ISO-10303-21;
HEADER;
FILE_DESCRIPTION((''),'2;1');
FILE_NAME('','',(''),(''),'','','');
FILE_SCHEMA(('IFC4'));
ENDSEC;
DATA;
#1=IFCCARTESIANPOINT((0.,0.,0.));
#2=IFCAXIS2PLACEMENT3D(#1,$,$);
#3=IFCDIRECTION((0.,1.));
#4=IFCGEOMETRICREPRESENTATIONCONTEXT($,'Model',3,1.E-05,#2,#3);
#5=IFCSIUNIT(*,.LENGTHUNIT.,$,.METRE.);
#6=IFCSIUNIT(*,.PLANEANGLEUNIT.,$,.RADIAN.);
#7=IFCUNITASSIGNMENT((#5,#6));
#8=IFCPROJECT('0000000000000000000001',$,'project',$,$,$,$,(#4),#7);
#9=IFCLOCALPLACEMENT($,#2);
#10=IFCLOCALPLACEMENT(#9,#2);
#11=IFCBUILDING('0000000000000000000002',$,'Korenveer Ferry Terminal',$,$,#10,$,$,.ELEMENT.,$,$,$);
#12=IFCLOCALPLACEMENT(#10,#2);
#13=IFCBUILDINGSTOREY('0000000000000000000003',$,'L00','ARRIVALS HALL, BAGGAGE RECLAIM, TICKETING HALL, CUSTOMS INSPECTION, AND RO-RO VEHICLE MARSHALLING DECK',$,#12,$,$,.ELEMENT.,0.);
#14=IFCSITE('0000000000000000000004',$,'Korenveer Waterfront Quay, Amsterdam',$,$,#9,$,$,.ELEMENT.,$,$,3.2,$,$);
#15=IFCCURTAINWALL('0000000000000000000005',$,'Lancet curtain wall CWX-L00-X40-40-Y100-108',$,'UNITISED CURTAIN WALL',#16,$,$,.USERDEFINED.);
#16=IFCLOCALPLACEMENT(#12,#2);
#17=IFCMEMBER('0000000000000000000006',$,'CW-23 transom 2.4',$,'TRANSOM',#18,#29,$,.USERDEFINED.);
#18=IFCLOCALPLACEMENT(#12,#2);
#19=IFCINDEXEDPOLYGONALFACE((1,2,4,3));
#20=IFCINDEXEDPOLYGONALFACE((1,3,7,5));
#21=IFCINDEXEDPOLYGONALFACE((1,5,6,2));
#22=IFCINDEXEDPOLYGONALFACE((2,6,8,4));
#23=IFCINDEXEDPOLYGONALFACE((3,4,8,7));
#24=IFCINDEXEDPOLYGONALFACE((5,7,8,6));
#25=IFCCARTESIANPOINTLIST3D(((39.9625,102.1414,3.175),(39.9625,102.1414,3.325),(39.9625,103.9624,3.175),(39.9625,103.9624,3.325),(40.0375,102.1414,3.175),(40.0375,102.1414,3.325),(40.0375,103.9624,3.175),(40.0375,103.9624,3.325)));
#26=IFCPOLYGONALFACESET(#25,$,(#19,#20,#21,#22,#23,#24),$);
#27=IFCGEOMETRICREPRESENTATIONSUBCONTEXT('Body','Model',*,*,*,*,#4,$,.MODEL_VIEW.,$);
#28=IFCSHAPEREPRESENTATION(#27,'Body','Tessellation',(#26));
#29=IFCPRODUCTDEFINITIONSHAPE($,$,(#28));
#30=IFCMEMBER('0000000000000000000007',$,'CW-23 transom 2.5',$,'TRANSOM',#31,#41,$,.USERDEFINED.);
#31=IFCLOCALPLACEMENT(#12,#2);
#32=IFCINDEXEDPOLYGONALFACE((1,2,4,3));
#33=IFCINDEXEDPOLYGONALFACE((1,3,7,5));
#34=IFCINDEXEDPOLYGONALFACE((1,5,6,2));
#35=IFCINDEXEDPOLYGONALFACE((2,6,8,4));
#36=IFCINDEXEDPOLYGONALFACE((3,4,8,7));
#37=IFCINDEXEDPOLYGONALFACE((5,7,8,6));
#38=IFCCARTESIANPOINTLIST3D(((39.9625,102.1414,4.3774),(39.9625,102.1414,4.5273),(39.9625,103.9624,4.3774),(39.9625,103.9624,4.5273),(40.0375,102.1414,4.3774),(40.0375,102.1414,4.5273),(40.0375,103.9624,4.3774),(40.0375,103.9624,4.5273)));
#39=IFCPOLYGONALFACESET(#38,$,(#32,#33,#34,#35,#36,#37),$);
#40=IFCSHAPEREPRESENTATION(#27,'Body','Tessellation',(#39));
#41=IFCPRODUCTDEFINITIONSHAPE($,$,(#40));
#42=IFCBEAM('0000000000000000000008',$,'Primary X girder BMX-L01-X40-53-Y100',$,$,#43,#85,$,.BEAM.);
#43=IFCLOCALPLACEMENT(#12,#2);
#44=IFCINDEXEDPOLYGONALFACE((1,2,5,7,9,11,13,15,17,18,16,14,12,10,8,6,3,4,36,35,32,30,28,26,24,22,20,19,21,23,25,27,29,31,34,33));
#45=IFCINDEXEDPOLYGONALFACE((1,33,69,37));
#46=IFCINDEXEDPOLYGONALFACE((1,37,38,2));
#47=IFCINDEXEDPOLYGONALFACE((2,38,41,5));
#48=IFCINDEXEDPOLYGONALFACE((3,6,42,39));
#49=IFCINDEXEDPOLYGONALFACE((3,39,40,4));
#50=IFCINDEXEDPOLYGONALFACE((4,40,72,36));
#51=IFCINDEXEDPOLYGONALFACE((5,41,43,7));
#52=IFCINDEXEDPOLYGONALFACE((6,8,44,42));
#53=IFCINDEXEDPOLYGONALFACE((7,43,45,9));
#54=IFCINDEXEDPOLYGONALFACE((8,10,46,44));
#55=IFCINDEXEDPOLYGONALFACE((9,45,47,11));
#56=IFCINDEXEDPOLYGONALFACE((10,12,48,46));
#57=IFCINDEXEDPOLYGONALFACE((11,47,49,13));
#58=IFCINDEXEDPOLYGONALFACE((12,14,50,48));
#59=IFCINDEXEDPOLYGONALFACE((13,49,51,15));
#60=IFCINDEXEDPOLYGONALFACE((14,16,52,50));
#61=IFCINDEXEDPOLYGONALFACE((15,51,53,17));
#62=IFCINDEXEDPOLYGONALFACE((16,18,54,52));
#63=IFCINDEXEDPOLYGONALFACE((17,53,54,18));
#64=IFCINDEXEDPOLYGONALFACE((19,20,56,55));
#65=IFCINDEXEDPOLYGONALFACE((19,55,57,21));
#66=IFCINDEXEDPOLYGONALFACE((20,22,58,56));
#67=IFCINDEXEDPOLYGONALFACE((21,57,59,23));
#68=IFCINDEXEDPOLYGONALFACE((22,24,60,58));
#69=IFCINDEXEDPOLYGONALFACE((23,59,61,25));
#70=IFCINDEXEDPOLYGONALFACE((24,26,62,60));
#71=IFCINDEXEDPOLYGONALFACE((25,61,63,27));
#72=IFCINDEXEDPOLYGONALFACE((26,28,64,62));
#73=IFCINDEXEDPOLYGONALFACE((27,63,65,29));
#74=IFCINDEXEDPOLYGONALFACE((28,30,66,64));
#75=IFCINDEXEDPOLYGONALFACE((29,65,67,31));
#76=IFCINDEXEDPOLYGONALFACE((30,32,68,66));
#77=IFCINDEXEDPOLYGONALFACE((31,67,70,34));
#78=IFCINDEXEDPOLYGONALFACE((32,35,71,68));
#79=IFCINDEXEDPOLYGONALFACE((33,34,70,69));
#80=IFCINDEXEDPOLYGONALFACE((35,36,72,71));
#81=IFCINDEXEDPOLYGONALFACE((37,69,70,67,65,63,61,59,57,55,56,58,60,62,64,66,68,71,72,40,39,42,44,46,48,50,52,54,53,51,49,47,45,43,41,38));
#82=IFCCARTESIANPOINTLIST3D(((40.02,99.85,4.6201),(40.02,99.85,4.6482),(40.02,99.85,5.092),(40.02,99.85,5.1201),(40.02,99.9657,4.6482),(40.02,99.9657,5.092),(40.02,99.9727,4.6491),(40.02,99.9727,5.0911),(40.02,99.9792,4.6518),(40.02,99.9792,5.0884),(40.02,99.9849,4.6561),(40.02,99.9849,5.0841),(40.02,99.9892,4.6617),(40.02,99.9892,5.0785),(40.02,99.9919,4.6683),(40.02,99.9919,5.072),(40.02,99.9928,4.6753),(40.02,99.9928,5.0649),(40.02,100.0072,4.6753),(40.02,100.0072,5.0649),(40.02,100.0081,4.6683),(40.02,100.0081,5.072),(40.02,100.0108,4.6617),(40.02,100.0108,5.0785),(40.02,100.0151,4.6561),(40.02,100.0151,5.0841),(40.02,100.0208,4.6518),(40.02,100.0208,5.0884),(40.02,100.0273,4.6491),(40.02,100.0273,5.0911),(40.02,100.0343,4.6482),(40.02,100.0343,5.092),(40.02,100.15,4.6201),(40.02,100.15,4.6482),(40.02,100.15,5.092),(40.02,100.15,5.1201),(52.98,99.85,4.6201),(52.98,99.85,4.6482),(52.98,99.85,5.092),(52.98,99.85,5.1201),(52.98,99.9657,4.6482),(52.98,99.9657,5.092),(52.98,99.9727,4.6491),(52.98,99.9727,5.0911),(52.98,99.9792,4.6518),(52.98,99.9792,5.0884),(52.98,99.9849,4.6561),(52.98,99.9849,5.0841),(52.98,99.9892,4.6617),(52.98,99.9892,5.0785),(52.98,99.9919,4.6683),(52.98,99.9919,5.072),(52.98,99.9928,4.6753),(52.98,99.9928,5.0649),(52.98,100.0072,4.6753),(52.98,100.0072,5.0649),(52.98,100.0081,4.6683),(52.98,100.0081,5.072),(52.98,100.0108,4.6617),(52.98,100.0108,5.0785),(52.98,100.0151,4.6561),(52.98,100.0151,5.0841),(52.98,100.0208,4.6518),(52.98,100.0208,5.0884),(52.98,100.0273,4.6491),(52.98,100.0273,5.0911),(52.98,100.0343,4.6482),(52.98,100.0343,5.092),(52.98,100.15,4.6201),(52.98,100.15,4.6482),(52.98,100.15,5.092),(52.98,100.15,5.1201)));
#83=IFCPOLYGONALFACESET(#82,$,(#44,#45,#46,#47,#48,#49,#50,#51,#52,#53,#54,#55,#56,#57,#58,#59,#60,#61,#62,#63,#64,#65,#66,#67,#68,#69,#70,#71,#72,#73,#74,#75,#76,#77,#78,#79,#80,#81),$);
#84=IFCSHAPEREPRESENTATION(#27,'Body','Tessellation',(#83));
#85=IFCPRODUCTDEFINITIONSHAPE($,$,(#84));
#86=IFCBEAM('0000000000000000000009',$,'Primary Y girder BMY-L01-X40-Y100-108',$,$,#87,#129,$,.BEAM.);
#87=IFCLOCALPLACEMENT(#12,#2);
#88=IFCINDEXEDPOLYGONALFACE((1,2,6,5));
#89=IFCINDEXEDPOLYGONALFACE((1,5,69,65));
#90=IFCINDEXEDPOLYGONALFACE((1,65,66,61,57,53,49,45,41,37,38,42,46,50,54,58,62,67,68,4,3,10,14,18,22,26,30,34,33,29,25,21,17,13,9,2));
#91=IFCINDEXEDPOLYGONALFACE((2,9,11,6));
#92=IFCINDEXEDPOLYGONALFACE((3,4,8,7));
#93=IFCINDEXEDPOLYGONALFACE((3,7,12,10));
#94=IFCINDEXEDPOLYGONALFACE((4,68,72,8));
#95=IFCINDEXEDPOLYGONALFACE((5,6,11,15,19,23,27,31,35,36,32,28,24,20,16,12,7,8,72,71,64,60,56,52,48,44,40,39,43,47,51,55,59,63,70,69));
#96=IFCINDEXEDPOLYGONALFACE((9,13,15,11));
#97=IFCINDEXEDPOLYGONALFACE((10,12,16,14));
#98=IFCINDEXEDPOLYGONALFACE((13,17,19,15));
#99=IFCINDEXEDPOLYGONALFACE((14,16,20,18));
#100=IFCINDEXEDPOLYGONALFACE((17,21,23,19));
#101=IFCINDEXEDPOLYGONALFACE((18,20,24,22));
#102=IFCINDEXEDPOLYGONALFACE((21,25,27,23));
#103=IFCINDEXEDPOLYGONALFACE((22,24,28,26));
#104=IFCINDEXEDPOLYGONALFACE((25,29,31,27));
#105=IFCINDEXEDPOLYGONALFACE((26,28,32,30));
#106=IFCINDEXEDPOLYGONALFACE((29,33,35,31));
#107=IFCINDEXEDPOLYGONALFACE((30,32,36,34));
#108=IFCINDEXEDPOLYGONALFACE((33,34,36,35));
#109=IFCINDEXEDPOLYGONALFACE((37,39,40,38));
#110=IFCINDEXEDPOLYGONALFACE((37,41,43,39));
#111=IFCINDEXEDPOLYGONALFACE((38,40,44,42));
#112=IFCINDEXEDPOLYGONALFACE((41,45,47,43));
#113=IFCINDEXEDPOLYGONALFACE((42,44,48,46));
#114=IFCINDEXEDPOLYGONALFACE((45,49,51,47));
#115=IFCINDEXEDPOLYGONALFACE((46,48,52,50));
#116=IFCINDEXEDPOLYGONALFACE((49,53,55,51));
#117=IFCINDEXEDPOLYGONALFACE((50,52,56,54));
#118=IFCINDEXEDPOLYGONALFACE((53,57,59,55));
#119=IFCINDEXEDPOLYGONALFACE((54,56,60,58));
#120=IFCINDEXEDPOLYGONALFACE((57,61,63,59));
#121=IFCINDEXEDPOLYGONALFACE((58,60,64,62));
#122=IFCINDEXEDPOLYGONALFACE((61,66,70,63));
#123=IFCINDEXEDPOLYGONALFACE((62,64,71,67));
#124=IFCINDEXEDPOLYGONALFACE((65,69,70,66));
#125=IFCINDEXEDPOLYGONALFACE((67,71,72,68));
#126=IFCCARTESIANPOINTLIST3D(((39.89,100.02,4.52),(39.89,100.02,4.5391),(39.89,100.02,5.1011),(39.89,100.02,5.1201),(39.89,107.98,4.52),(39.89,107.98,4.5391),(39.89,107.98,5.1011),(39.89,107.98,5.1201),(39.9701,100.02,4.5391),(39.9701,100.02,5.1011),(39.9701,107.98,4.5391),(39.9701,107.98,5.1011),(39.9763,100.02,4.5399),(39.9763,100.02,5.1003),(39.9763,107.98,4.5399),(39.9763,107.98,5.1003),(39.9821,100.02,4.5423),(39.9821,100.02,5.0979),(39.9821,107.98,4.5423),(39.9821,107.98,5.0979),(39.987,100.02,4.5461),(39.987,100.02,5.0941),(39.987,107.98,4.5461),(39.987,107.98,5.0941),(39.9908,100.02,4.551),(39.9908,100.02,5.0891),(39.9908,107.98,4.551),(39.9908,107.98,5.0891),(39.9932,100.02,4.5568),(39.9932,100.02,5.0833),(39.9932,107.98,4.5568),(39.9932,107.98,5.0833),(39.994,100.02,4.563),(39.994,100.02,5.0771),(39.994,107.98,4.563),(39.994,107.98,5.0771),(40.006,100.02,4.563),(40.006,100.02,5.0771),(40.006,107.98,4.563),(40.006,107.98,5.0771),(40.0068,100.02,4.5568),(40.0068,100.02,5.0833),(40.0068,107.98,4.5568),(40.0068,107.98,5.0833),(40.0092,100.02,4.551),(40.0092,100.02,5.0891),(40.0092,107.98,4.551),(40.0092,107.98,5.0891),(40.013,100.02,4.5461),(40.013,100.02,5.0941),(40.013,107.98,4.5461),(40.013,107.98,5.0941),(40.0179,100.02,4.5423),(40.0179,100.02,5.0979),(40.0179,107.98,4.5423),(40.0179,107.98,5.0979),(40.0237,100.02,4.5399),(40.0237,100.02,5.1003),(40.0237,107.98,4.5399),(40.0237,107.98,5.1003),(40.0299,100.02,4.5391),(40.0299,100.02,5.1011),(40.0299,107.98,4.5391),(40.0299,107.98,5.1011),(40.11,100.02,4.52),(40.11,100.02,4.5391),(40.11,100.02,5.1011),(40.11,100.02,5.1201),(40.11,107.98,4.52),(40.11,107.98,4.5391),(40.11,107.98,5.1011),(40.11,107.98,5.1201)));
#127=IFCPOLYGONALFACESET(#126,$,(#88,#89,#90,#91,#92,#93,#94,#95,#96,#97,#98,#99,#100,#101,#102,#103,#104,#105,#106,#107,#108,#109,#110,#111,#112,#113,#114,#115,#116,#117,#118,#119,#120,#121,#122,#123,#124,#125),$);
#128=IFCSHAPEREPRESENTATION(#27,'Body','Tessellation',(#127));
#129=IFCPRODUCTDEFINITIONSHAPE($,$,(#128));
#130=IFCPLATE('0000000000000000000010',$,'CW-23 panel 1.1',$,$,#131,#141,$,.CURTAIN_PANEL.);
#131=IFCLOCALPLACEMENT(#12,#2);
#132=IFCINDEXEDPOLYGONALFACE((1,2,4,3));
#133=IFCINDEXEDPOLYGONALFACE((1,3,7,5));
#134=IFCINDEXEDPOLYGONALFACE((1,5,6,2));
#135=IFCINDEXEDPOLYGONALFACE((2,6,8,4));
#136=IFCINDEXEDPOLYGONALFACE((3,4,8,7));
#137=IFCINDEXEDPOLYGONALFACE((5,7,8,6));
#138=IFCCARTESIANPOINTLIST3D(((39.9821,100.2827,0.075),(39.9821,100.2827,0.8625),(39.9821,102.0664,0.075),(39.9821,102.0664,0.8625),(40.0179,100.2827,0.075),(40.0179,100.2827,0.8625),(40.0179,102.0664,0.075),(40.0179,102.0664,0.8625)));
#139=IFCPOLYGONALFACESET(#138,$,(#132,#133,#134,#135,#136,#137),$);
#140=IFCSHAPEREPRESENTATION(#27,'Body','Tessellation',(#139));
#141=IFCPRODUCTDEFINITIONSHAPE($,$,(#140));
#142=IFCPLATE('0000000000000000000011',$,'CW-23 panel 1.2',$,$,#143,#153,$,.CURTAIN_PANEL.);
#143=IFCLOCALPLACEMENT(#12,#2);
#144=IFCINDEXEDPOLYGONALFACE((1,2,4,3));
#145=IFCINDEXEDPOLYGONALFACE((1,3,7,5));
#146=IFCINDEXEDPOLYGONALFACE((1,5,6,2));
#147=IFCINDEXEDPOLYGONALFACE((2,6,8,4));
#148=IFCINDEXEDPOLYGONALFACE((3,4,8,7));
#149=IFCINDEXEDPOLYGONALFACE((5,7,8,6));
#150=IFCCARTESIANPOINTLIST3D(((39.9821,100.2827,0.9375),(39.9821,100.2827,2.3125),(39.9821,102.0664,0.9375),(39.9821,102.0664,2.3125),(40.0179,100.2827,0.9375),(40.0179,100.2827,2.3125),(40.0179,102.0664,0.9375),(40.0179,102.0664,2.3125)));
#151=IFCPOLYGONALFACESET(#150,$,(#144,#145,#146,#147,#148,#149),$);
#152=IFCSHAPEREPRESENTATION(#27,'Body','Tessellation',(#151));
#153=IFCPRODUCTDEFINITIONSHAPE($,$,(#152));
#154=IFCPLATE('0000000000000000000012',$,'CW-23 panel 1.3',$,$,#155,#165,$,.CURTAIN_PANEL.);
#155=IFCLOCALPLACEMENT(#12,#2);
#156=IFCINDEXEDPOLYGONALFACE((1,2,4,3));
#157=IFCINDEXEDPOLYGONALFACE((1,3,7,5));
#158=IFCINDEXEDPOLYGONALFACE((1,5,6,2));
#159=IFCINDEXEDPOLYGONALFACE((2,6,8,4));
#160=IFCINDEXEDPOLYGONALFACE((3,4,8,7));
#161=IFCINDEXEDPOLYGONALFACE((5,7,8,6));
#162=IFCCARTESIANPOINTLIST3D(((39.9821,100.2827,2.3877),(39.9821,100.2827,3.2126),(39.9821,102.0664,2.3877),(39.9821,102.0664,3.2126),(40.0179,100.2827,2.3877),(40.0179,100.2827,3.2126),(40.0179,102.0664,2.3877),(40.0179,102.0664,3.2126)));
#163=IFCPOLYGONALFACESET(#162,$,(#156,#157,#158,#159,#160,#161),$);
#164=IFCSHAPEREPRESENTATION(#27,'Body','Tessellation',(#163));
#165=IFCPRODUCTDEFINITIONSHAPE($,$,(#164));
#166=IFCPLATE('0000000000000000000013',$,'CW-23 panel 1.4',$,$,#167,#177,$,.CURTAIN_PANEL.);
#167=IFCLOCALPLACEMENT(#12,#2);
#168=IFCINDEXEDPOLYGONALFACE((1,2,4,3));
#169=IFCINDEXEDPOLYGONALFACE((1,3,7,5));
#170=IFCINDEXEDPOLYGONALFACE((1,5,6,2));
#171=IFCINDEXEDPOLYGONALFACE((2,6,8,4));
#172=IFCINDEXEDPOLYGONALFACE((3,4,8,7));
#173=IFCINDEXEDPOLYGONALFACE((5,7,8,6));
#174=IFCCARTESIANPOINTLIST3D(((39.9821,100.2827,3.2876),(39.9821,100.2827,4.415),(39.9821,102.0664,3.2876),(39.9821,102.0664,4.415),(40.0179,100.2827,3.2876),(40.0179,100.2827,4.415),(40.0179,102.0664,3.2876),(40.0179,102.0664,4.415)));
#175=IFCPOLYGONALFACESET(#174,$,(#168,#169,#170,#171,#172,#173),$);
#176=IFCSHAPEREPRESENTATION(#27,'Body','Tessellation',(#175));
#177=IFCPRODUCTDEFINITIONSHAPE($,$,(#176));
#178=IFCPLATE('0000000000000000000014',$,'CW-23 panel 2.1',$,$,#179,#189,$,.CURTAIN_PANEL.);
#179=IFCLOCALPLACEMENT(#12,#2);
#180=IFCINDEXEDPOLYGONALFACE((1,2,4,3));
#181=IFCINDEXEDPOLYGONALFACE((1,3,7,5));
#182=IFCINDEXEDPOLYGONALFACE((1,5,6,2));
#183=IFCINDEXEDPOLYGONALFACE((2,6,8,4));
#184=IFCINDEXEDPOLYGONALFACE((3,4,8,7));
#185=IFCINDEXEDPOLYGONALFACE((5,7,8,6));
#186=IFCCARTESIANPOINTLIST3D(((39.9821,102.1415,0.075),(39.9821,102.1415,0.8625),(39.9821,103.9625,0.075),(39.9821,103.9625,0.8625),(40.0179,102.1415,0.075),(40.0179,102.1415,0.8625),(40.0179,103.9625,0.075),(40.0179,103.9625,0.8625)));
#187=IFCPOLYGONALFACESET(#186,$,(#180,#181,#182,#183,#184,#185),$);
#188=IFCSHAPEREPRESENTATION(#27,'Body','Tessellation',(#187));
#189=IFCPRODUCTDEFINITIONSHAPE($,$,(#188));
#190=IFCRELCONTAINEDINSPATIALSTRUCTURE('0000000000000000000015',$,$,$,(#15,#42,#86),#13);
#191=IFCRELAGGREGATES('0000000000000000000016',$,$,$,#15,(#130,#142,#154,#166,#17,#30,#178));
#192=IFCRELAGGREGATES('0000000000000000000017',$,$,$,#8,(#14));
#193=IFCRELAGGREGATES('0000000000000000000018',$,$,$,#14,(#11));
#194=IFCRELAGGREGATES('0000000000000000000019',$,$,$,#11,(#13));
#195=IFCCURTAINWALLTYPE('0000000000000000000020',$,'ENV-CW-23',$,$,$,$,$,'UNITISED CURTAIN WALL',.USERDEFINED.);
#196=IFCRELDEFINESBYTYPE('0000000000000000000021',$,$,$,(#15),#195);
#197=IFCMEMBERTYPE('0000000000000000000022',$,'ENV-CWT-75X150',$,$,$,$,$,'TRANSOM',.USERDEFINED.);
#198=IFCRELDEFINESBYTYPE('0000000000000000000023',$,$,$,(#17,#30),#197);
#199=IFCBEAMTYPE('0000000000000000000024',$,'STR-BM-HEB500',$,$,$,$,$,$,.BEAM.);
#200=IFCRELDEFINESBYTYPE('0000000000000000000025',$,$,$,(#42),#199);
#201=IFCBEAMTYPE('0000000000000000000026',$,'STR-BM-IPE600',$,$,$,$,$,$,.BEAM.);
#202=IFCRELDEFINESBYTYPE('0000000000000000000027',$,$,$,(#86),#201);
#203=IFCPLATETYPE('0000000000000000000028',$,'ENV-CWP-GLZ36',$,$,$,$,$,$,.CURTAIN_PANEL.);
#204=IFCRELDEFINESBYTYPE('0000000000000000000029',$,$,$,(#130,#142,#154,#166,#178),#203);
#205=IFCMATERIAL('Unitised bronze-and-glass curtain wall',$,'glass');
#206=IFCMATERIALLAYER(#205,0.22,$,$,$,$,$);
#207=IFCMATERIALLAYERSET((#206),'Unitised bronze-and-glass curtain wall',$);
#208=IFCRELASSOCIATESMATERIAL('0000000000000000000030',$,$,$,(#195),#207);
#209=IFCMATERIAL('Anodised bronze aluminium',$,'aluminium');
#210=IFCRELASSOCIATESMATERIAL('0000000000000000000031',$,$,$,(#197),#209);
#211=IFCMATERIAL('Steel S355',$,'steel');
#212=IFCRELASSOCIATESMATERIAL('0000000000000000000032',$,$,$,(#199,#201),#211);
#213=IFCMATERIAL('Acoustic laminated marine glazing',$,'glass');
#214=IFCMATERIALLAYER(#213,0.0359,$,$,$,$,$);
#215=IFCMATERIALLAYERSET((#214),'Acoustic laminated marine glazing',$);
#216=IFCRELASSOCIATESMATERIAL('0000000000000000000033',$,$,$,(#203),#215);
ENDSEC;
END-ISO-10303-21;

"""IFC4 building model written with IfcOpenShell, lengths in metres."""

from ifc_helpers import new_model, si_unit, direction, frame, origin, origin_2d, place, context, subcontext, project, spatial, rectangle, i_section, extrude, material, layer, layer_set, material_profile, profile_set, type_object, element, aggregate, save


model = new_model("IFC4")

# Units and contexts
model_context = context("Model", 3, precision=1e-05, world=origin(), true_north=direction((0.0, 1.0)))
body_context = subcontext(model_context, "Body", "Model", "MODEL_VIEW")
ifc_project = project(units=[si_unit("LENGTHUNIT", "METRE"), si_unit("PLANEANGLEUNIT", "RADIAN")], contexts=[model_context])

# Site, building, storey
site_placement = place(None, origin())
site = spatial("IfcSite", under=ifc_project, at=site_placement, Name="Korenveer Waterfront Quay, Amsterdam", CompositionType="ELEMENT", RefElevation=3.2)
building_placement = place(site_placement, origin())
building = spatial("IfcBuilding", under=site, at=building_placement, Name="Korenveer Ferry Terminal", CompositionType="ELEMENT")
storey_placement = place(building_placement, origin())
storey = spatial("IfcBuildingStorey", under=building, at=storey_placement, Name="L00", Description="ARRIVALS HALL, BAGGAGE RECLAIM, TICKETING HALL, CUSTOMS INSPECTION, AND RO-RO VEHICLE MARSHALLING DECK", CompositionType="ELEMENT", Elevation=0.0)

# Shared definitions
ifc_material_1 = material(Name="Steel S355", Category="steel")

# Curtain wall, members
ifc_material_2 = material(Name="Unitised bronze-and-glass curtain wall", Category="glass")
ifc_layer_1 = layer(ifc_material_2, 0.22)
ifc_layer_set_1 = layer_set([ifc_layer_1], Name="Unitised bronze-and-glass curtain wall")
curtain_wall_type = type_object("IfcCurtainWallType", Name="ENV-CW-23", ElementType="UNITISED CURTAIN WALL", PredefinedType="USERDEFINED", material=ifc_layer_set_1)
curtain_wall_placement = place(storey_placement, frame((40.0, 100.2078, 0.0)))
curtain_wall = element("IfcCurtainWall", 1, at=curtain_wall_placement, inside=storey, type_object=curtain_wall_type, Name="Lancet curtain wall CWX-L00-X40-40-Y100-108", ObjectType="UNITISED CURTAIN WALL", PredefinedType="USERDEFINED")
ifc_material_3 = material(Name="Anodised bronze aluminium", Category="aluminium")
ifc_material_profile_1 = material_profile(ifc_material_3, rectangle(XDim=0.075, YDim=0.1499, at=origin_2d()), Name="ALU 75x150")
ifc_profile_set_1 = profile_set([ifc_material_profile_1], Name="Anodised bronze aluminium")
member_type_1 = type_object("IfcMemberType", Name="ENV-CWT-75X150", ElementType="TRANSOM", PredefinedType="USERDEFINED", material=ifc_profile_set_1)
member_1_placement = place(storey_placement, frame((40.0, 102.1414, 3.25), z_axis=(0.0, 1.0, 0.0), x_axis=(-1.0, 0.0, 0.0)))
member_1 = element("IfcMember", 2, at=member_1_placement, type_object=member_type_1, Name="CW-23 transom 2.4", ObjectType="TRANSOM", PredefinedType="USERDEFINED", context=body_context, shape_type="SweptSolid", body=[
    extrude(rectangle(XDim=0.075, YDim=0.1499, at=origin_2d()), origin(), (0.0, 0.0, 1.0), 1.821),
])
member_2_placement = place(storey_placement, frame((40.0, 102.1414, 4.4524), z_axis=(0.0, 1.0, 0.0), x_axis=(-1.0, 0.0, 0.0)))
member_2 = element("IfcMember", 3, at=member_2_placement, type_object=member_type_1, Name="CW-23 transom 2.5", ObjectType="TRANSOM", PredefinedType="USERDEFINED", context=body_context, shape_type="SweptSolid", body=[
    extrude(rectangle(XDim=0.075, YDim=0.1499, at=origin_2d()), origin(), (0.0, 0.0, 1.0), 1.821),
])

# Beams
ifc_material_profile_2 = material_profile(ifc_material_1, i_section(OverallWidth=0.3, OverallDepth=0.5, WebThickness=0.0144, FlangeThickness=0.0281, FilletRadius=0.0271, at=origin_2d()), Name="HEB 500")
ifc_profile_set_2 = profile_set([ifc_material_profile_2], Name="Steel S355")
beam_type_1 = type_object("IfcBeamType", Name="STR-BM-HEB500", PredefinedType="BEAM", material=ifc_profile_set_2)
beam_1_placement = place(storey_placement, frame((40.02, 100.0, 4.8701), z_axis=(1.0, 0.0, 0.0), x_axis=(0.0, 1.0, 0.0)))
element("IfcBeam", 4, at=beam_1_placement, inside=storey, type_object=beam_type_1, Name="Primary X girder BMX-L01-X40-53-Y100", PredefinedType="BEAM", context=body_context, shape_type="SweptSolid", body=[
    extrude(i_section(OverallWidth=0.3, OverallDepth=0.5, WebThickness=0.0144, FlangeThickness=0.0281, FilletRadius=0.0271, at=origin_2d()), origin(), (0.0, 0.0, 1.0), 12.96),
])
ifc_material_profile_3 = material_profile(ifc_material_1, i_section(OverallWidth=0.22, OverallDepth=0.6001, WebThickness=0.012, FlangeThickness=0.019, FilletRadius=0.0239, at=origin_2d()), Name="IPE 600")
ifc_profile_set_3 = profile_set([ifc_material_profile_3], Name="Steel S355")
beam_type_2 = type_object("IfcBeamType", Name="STR-BM-IPE600", PredefinedType="BEAM", material=ifc_profile_set_3)
beam_2_placement = place(storey_placement, frame((40.0, 100.02, 4.8201), z_axis=(0.0, 1.0, 0.0), x_axis=(-1.0, 0.0, 0.0)))
element("IfcBeam", 5, at=beam_2_placement, inside=storey, type_object=beam_type_2, Name="Primary Y girder BMY-L01-X40-Y100-108", PredefinedType="BEAM", context=body_context, shape_type="SweptSolid", body=[
    extrude(i_section(OverallWidth=0.22, OverallDepth=0.6001, WebThickness=0.012, FlangeThickness=0.019, FilletRadius=0.0239, at=origin_2d()), origin(), (0.0, 0.0, 1.0), 7.96),
])

# Plates
ifc_material_4 = material(Name="Acoustic laminated marine glazing", Category="glass")
ifc_layer_2 = layer(ifc_material_4, 0.0359)
ifc_layer_set_2 = layer_set([ifc_layer_2], Name="Acoustic laminated marine glazing")
plate_type_1 = type_object("IfcPlateType", Name="ENV-CWP-GLZ36", PredefinedType="CURTAIN_PANEL", material=ifc_layer_set_2)
plate_1_placement = place(storey_placement, frame((40.0, 101.1746, 0.075), z_axis=(0.0, 0.0, 1.0), x_axis=(0.0, 1.0, 0.0)))
plate_1 = element("IfcPlate", 6, at=plate_1_placement, type_object=plate_type_1, Name="CW-23 panel 1.1", PredefinedType="CURTAIN_PANEL", context=body_context, shape_type="SweptSolid", body=[
    extrude(rectangle(XDim=1.7837, YDim=0.0359, at=origin_2d()), origin(), (0.0, 0.0, 1.0), 0.7876),
])
plate_2_placement = place(storey_placement, frame((40.0, 101.1746, 0.9375), z_axis=(0.0, 0.0, 1.0), x_axis=(0.0, 1.0, 0.0)))
plate_2 = element("IfcPlate", 7, at=plate_2_placement, type_object=plate_type_1, Name="CW-23 panel 1.2", PredefinedType="CURTAIN_PANEL", context=body_context, shape_type="SweptSolid", body=[
    extrude(rectangle(XDim=1.7837, YDim=0.0359, at=origin_2d()), origin(), (0.0, 0.0, 1.0), 1.375),
])
plate_3_placement = place(storey_placement, frame((40.0, 101.1746, 2.3877), z_axis=(0.0, 0.0, 1.0), x_axis=(0.0, 1.0, 0.0)))
plate_3 = element("IfcPlate", 8, at=plate_3_placement, type_object=plate_type_1, Name="CW-23 panel 1.3", PredefinedType="CURTAIN_PANEL", context=body_context, shape_type="SweptSolid", body=[
    extrude(rectangle(XDim=1.7837, YDim=0.0359, at=origin_2d()), origin(), (0.0, 0.0, 1.0), 0.825),
])
plate_4_placement = place(storey_placement, frame((40.0, 101.1746, 3.2876), z_axis=(0.0, 0.0, 1.0), x_axis=(0.0, 1.0, 0.0)))
plate_4 = element("IfcPlate", 9, at=plate_4_placement, type_object=plate_type_1, Name="CW-23 panel 1.4", PredefinedType="CURTAIN_PANEL", context=body_context, shape_type="SweptSolid", body=[
    extrude(rectangle(XDim=1.7837, YDim=0.0359, at=origin_2d()), origin(), (0.0, 0.0, 1.0), 1.1274),
])
plate_5_placement = place(storey_placement, frame((40.0, 103.052, 0.075), z_axis=(0.0, 0.0, 1.0), x_axis=(0.0, 1.0, 0.0)))
plate_5 = element("IfcPlate", 10, at=plate_5_placement, type_object=plate_type_1, Name="CW-23 panel 2.1", PredefinedType="CURTAIN_PANEL", context=body_context, shape_type="SweptSolid", body=[
    extrude(rectangle(XDim=1.821, YDim=0.0359, at=origin_2d()), origin(), (0.0, 0.0, 1.0), 0.7876),
])
aggregate(curtain_wall, [plate_1, plate_2, plate_3, plate_4, member_1, member_2, plate_5])

save(model, "model.ifc")
